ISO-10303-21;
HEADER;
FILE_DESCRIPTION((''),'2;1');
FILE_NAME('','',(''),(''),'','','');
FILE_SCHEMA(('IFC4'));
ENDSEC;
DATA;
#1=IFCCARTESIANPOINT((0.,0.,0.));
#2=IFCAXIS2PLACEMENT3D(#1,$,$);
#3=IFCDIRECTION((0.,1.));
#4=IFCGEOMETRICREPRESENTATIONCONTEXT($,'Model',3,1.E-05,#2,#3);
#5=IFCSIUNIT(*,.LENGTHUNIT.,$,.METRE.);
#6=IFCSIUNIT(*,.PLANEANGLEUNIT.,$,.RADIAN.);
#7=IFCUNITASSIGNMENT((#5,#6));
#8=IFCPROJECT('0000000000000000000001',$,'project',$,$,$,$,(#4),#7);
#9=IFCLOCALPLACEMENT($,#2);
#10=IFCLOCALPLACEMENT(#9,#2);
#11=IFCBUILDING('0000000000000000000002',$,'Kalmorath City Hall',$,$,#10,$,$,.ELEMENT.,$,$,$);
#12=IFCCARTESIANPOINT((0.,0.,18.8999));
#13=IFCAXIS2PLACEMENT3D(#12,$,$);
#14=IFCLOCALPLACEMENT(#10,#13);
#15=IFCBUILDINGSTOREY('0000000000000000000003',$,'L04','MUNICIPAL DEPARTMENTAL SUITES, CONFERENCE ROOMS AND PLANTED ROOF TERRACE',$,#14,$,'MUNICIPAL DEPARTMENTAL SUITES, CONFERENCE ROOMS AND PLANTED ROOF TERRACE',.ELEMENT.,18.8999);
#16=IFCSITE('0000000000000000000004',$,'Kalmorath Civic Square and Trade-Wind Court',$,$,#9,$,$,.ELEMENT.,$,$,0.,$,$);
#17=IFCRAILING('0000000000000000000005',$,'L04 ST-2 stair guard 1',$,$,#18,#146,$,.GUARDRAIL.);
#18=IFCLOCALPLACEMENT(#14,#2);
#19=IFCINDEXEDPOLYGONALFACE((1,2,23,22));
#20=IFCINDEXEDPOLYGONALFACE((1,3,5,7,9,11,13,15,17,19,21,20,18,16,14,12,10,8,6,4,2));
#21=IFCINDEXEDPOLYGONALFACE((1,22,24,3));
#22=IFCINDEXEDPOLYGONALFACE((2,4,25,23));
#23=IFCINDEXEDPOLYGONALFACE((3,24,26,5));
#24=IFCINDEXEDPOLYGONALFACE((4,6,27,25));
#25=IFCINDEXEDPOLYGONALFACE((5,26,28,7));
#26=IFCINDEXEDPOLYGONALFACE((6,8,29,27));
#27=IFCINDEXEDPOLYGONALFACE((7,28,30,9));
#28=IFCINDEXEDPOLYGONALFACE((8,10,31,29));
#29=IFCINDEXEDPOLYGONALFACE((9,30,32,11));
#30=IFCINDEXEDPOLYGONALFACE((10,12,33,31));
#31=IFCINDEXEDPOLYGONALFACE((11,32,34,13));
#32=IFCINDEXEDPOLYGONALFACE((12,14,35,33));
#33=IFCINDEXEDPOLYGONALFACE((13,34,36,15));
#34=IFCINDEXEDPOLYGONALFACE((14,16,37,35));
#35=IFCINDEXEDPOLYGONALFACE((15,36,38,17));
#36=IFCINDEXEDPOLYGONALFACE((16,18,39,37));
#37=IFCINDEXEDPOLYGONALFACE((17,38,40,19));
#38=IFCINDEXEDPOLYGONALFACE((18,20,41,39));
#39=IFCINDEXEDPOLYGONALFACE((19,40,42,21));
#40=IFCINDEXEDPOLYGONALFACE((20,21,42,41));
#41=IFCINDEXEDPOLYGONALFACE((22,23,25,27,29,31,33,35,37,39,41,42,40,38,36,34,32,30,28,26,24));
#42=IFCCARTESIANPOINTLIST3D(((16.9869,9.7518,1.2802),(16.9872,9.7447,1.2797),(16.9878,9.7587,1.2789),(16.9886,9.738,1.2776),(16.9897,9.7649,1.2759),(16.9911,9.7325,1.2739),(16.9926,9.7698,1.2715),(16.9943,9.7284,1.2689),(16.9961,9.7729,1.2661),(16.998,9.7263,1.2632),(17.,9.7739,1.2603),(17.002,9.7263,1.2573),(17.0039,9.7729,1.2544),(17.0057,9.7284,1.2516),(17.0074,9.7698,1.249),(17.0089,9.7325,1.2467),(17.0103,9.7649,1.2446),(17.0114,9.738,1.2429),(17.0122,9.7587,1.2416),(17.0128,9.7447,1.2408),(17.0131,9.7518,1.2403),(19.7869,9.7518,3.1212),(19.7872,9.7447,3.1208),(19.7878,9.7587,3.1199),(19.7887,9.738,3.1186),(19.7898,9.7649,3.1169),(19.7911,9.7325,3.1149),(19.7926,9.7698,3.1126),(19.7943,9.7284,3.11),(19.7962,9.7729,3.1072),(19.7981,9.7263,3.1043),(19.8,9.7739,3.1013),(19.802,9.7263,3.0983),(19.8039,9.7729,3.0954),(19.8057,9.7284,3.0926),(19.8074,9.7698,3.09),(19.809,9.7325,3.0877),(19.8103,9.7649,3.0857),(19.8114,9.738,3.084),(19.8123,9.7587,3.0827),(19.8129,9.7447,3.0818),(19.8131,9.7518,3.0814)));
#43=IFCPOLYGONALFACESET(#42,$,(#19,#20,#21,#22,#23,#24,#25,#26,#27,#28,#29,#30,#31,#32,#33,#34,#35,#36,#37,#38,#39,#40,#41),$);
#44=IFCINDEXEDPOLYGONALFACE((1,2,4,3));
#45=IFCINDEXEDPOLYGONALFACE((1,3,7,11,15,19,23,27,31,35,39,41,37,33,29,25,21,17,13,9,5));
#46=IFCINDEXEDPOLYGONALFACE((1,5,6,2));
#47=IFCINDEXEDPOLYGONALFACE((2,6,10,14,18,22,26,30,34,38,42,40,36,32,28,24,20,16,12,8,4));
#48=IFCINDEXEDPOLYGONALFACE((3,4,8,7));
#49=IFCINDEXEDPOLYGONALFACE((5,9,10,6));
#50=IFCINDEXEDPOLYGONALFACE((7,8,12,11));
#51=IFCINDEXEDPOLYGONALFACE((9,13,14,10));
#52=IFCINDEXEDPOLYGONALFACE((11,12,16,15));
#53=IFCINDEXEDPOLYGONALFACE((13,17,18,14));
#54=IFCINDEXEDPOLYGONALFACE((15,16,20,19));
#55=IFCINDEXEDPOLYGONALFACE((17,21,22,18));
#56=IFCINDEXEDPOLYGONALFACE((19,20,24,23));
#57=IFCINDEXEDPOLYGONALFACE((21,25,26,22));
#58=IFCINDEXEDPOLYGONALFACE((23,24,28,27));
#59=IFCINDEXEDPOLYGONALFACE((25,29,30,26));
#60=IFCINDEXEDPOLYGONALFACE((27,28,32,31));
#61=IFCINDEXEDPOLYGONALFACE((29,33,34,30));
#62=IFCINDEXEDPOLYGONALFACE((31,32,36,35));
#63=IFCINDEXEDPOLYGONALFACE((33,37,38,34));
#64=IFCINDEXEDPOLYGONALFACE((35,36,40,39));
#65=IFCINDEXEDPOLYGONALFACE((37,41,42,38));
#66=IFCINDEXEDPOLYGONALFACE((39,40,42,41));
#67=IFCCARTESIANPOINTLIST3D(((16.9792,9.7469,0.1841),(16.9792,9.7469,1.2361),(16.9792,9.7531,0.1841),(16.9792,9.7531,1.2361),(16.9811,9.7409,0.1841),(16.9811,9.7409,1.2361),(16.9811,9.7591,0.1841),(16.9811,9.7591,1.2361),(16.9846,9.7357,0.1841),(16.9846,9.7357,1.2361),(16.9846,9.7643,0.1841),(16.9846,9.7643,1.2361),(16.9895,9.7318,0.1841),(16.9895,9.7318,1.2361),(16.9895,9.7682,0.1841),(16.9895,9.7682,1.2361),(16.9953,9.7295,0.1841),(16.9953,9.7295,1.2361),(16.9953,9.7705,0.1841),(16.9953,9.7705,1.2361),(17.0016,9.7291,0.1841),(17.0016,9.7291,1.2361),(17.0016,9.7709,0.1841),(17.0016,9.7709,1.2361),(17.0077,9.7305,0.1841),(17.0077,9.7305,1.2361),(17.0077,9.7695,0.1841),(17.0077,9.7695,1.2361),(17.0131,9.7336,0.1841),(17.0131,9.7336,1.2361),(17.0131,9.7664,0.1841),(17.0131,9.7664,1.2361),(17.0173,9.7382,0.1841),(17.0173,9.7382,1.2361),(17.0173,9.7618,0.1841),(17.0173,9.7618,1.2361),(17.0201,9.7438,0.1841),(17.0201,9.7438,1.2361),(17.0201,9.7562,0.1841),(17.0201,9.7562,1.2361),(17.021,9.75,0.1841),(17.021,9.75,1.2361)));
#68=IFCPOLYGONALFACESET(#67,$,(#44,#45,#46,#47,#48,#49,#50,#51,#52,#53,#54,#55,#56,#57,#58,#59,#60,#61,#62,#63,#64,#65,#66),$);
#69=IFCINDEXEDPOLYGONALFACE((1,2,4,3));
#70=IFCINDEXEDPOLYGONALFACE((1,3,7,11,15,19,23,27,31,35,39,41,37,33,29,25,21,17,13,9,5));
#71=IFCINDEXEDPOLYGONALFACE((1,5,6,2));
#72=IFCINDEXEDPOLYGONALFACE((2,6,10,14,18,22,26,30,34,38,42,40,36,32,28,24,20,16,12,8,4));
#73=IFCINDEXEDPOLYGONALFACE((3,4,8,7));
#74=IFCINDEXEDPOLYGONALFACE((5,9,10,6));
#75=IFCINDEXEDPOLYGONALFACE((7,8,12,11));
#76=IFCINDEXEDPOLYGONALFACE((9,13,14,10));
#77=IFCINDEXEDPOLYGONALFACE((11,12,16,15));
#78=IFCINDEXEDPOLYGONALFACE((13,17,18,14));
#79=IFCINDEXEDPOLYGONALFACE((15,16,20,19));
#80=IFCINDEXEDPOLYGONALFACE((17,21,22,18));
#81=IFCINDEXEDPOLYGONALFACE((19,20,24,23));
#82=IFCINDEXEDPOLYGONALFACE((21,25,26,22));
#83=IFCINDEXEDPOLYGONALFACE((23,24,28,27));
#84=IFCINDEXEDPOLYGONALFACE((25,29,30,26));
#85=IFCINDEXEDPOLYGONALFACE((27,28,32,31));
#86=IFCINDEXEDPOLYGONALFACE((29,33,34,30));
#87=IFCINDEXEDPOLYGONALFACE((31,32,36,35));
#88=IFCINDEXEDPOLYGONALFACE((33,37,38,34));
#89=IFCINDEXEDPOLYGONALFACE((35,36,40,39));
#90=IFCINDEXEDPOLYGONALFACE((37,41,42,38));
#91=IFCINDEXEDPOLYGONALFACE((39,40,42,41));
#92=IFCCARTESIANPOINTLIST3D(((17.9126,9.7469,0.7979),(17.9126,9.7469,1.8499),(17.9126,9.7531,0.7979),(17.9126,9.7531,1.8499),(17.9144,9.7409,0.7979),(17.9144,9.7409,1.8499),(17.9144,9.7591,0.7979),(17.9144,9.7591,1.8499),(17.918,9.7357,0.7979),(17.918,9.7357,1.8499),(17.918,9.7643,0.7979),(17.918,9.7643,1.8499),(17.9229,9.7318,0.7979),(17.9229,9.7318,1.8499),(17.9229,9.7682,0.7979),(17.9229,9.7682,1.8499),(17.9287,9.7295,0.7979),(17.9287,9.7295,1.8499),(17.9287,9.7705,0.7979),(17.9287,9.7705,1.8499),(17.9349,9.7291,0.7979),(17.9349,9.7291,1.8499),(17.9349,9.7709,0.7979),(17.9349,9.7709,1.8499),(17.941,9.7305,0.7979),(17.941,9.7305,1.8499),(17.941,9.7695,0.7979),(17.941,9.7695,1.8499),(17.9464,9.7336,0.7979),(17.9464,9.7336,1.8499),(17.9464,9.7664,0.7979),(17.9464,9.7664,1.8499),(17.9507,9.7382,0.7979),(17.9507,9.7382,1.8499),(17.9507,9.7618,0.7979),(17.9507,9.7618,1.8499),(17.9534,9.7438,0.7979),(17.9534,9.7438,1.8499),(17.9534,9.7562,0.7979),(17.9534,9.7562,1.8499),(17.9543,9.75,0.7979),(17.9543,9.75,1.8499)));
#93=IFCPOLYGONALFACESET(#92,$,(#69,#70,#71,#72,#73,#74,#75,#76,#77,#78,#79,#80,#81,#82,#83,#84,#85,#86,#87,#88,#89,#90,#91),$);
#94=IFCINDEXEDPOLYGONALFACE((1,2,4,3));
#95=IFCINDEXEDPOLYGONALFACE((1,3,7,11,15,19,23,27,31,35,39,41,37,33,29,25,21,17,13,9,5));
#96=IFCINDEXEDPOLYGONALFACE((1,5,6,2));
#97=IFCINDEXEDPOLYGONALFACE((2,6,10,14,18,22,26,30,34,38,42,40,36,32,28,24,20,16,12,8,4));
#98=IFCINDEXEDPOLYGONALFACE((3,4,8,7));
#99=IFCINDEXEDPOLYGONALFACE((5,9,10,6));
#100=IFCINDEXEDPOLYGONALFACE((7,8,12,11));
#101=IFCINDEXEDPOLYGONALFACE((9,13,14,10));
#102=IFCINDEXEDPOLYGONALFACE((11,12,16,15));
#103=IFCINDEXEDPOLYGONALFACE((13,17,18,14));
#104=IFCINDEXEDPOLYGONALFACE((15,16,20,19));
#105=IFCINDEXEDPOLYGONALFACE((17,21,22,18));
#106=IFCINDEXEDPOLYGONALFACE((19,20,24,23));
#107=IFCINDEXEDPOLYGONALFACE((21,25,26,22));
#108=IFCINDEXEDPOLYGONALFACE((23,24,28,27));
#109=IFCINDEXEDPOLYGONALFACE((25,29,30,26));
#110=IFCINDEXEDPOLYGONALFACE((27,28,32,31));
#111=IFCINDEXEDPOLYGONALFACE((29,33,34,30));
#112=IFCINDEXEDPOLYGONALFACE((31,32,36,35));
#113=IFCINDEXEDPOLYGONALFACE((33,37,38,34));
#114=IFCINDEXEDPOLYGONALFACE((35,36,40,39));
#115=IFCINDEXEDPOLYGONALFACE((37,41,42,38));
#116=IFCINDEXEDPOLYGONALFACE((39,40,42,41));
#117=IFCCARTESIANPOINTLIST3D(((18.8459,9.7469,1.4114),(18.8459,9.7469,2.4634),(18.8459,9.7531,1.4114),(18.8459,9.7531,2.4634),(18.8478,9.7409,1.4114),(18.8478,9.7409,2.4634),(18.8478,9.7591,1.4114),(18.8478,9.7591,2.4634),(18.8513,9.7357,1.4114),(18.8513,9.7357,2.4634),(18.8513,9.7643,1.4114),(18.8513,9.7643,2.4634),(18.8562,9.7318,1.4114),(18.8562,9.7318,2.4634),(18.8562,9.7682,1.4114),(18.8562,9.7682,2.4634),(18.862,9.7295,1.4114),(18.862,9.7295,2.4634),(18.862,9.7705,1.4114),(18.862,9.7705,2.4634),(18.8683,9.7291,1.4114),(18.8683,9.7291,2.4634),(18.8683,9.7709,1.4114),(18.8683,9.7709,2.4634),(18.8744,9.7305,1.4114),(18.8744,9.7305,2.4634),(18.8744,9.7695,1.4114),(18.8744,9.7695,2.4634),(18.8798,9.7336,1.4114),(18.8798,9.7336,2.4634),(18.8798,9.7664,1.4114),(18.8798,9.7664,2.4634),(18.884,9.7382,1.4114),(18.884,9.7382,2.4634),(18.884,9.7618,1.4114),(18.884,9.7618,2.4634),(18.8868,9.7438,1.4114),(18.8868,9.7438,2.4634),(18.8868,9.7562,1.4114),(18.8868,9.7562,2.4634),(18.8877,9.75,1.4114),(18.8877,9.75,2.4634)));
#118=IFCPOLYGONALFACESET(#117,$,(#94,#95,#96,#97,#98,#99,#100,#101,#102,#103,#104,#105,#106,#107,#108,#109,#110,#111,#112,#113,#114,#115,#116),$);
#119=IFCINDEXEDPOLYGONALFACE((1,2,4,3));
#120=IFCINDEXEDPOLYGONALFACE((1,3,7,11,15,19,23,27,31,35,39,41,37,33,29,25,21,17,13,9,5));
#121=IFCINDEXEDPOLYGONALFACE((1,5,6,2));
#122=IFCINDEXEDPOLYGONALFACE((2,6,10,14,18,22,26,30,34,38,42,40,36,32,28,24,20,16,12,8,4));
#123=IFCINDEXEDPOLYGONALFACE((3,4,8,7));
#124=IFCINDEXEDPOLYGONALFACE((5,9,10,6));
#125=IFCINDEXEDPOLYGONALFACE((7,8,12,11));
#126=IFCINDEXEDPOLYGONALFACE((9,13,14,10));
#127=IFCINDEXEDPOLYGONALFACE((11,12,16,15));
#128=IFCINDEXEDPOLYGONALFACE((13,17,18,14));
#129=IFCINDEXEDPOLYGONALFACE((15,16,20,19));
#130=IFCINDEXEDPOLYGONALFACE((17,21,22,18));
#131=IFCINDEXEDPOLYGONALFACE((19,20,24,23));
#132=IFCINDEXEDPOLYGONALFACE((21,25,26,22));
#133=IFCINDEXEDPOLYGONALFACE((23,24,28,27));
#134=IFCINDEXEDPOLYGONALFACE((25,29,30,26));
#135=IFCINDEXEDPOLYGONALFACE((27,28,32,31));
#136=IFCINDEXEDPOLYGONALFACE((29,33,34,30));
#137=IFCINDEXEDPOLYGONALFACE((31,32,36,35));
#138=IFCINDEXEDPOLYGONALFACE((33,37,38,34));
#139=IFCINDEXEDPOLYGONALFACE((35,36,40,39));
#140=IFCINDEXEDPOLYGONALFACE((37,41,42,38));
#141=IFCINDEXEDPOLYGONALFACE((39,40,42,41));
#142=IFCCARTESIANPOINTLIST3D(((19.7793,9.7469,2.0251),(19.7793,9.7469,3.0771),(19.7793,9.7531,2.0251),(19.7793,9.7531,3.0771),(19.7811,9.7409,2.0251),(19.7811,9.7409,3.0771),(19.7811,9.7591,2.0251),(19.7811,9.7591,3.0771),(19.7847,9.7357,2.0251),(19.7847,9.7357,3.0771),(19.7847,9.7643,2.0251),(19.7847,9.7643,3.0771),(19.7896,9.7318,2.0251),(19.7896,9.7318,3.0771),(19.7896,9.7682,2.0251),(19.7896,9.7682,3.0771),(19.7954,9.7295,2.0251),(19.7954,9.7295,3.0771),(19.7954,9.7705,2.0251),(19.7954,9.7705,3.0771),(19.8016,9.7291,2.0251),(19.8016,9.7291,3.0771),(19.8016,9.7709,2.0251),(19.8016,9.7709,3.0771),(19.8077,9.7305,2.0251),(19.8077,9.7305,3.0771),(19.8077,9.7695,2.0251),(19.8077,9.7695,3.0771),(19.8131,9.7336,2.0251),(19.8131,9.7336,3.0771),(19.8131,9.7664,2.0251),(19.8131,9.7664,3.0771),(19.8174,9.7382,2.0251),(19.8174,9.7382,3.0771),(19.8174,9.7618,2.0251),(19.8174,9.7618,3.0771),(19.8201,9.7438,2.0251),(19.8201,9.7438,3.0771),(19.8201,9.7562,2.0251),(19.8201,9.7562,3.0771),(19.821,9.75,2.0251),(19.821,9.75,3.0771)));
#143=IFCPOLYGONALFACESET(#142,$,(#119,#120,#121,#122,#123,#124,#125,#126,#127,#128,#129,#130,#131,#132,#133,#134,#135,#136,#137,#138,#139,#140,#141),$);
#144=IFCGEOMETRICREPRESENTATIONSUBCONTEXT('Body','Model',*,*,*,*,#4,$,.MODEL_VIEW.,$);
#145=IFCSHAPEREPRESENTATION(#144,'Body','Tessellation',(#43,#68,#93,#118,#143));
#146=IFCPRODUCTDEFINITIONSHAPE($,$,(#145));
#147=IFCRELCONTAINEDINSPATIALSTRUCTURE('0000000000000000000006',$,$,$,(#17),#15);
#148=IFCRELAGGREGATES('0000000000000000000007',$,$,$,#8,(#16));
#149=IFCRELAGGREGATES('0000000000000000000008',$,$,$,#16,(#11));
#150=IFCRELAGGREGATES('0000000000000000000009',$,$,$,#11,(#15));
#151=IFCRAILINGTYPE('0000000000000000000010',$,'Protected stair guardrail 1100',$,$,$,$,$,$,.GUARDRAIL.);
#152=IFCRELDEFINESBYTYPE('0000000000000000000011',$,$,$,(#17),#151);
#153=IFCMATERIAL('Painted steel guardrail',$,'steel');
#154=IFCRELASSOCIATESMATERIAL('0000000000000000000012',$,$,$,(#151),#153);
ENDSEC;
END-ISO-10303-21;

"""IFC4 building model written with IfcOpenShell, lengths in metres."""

from ifc_helpers import new_model, si_unit, direction, frame, origin, origin_2d, place, context, subcontext, project, spatial, circle, extrude, material, type_object, element, save


model = new_model("IFC4")

# Units and contexts
model_context = context("Model", 3, precision=1e-05, world=origin(), true_north=direction((0.0, 1.0)))
body_context = subcontext(model_context, "Body", "Model", "MODEL_VIEW")
ifc_project = project(units=[si_unit("LENGTHUNIT", "METRE"), si_unit("PLANEANGLEUNIT", "RADIAN")], contexts=[model_context])

# Site, building, storey
site_placement = place(None, origin())
site = spatial("IfcSite", under=ifc_project, at=site_placement, Name="Kalmorath Civic Square and Trade-Wind Court", CompositionType="ELEMENT", RefElevation=0.0)
building_placement = place(site_placement, origin())
building = spatial("IfcBuilding", under=site, at=building_placement, Name="Kalmorath City Hall", CompositionType="ELEMENT")
storey_placement = place(building_placement, frame((0.0, 0.0, 18.8999)))
storey = spatial("IfcBuildingStorey", under=building, at=storey_placement, Name="L04", Description="MUNICIPAL DEPARTMENTAL SUITES, CONFERENCE ROOMS AND PLANTED ROOF TERRACE", LongName="MUNICIPAL DEPARTMENTAL SUITES, CONFERENCE ROOMS AND PLANTED ROOF TERRACE", CompositionType="ELEMENT", Elevation=18.8999)

# Railing
ifc_material_1 = material(Name="Painted steel guardrail", Category="steel")
railing_type_1 = type_object("IfcRailingType", Name="Protected stair guardrail 1100", PredefinedType="GUARDRAIL", material=ifc_material_1)
railing_1_placement = place(storey_placement, frame((17.0, 9.75, 0.1841)))
element("IfcRailing", 1, at=railing_1_placement, inside=storey, type_object=railing_type_1, Name="L04 ST-2 stair guard 1", PredefinedType="GUARDRAIL", context=body_context, shape_type="SweptSolid", body=[
    extrude(circle(Radius=0.0239, at=origin_2d()), frame((0.0, 0.0, 1.0762), z_axis=(0.835564, 0.0, 0.549393), x_axis=(0.0, 1.0, 0.0)), (0.0, 0.0, 1.0), 3.3511),
    extrude(circle(Radius=0.021, at=origin_2d()), origin(), (0.0, 0.0, 1.0), 1.052),
    extrude(circle(Radius=0.021, at=origin_2d()), frame((0.9333, 0.0, 0.6138)), (0.0, 0.0, 1.0), 1.052),
    extrude(circle(Radius=0.021, at=origin_2d()), frame((1.8667, 0.0, 1.2273)), (0.0, 0.0, 1.0), 1.052),
    extrude(circle(Radius=0.021, at=origin_2d()), frame((2.8, 0.0, 1.8411)), (0.0, 0.0, 1.0), 1.052),
])

save(model, "model.ifc")
